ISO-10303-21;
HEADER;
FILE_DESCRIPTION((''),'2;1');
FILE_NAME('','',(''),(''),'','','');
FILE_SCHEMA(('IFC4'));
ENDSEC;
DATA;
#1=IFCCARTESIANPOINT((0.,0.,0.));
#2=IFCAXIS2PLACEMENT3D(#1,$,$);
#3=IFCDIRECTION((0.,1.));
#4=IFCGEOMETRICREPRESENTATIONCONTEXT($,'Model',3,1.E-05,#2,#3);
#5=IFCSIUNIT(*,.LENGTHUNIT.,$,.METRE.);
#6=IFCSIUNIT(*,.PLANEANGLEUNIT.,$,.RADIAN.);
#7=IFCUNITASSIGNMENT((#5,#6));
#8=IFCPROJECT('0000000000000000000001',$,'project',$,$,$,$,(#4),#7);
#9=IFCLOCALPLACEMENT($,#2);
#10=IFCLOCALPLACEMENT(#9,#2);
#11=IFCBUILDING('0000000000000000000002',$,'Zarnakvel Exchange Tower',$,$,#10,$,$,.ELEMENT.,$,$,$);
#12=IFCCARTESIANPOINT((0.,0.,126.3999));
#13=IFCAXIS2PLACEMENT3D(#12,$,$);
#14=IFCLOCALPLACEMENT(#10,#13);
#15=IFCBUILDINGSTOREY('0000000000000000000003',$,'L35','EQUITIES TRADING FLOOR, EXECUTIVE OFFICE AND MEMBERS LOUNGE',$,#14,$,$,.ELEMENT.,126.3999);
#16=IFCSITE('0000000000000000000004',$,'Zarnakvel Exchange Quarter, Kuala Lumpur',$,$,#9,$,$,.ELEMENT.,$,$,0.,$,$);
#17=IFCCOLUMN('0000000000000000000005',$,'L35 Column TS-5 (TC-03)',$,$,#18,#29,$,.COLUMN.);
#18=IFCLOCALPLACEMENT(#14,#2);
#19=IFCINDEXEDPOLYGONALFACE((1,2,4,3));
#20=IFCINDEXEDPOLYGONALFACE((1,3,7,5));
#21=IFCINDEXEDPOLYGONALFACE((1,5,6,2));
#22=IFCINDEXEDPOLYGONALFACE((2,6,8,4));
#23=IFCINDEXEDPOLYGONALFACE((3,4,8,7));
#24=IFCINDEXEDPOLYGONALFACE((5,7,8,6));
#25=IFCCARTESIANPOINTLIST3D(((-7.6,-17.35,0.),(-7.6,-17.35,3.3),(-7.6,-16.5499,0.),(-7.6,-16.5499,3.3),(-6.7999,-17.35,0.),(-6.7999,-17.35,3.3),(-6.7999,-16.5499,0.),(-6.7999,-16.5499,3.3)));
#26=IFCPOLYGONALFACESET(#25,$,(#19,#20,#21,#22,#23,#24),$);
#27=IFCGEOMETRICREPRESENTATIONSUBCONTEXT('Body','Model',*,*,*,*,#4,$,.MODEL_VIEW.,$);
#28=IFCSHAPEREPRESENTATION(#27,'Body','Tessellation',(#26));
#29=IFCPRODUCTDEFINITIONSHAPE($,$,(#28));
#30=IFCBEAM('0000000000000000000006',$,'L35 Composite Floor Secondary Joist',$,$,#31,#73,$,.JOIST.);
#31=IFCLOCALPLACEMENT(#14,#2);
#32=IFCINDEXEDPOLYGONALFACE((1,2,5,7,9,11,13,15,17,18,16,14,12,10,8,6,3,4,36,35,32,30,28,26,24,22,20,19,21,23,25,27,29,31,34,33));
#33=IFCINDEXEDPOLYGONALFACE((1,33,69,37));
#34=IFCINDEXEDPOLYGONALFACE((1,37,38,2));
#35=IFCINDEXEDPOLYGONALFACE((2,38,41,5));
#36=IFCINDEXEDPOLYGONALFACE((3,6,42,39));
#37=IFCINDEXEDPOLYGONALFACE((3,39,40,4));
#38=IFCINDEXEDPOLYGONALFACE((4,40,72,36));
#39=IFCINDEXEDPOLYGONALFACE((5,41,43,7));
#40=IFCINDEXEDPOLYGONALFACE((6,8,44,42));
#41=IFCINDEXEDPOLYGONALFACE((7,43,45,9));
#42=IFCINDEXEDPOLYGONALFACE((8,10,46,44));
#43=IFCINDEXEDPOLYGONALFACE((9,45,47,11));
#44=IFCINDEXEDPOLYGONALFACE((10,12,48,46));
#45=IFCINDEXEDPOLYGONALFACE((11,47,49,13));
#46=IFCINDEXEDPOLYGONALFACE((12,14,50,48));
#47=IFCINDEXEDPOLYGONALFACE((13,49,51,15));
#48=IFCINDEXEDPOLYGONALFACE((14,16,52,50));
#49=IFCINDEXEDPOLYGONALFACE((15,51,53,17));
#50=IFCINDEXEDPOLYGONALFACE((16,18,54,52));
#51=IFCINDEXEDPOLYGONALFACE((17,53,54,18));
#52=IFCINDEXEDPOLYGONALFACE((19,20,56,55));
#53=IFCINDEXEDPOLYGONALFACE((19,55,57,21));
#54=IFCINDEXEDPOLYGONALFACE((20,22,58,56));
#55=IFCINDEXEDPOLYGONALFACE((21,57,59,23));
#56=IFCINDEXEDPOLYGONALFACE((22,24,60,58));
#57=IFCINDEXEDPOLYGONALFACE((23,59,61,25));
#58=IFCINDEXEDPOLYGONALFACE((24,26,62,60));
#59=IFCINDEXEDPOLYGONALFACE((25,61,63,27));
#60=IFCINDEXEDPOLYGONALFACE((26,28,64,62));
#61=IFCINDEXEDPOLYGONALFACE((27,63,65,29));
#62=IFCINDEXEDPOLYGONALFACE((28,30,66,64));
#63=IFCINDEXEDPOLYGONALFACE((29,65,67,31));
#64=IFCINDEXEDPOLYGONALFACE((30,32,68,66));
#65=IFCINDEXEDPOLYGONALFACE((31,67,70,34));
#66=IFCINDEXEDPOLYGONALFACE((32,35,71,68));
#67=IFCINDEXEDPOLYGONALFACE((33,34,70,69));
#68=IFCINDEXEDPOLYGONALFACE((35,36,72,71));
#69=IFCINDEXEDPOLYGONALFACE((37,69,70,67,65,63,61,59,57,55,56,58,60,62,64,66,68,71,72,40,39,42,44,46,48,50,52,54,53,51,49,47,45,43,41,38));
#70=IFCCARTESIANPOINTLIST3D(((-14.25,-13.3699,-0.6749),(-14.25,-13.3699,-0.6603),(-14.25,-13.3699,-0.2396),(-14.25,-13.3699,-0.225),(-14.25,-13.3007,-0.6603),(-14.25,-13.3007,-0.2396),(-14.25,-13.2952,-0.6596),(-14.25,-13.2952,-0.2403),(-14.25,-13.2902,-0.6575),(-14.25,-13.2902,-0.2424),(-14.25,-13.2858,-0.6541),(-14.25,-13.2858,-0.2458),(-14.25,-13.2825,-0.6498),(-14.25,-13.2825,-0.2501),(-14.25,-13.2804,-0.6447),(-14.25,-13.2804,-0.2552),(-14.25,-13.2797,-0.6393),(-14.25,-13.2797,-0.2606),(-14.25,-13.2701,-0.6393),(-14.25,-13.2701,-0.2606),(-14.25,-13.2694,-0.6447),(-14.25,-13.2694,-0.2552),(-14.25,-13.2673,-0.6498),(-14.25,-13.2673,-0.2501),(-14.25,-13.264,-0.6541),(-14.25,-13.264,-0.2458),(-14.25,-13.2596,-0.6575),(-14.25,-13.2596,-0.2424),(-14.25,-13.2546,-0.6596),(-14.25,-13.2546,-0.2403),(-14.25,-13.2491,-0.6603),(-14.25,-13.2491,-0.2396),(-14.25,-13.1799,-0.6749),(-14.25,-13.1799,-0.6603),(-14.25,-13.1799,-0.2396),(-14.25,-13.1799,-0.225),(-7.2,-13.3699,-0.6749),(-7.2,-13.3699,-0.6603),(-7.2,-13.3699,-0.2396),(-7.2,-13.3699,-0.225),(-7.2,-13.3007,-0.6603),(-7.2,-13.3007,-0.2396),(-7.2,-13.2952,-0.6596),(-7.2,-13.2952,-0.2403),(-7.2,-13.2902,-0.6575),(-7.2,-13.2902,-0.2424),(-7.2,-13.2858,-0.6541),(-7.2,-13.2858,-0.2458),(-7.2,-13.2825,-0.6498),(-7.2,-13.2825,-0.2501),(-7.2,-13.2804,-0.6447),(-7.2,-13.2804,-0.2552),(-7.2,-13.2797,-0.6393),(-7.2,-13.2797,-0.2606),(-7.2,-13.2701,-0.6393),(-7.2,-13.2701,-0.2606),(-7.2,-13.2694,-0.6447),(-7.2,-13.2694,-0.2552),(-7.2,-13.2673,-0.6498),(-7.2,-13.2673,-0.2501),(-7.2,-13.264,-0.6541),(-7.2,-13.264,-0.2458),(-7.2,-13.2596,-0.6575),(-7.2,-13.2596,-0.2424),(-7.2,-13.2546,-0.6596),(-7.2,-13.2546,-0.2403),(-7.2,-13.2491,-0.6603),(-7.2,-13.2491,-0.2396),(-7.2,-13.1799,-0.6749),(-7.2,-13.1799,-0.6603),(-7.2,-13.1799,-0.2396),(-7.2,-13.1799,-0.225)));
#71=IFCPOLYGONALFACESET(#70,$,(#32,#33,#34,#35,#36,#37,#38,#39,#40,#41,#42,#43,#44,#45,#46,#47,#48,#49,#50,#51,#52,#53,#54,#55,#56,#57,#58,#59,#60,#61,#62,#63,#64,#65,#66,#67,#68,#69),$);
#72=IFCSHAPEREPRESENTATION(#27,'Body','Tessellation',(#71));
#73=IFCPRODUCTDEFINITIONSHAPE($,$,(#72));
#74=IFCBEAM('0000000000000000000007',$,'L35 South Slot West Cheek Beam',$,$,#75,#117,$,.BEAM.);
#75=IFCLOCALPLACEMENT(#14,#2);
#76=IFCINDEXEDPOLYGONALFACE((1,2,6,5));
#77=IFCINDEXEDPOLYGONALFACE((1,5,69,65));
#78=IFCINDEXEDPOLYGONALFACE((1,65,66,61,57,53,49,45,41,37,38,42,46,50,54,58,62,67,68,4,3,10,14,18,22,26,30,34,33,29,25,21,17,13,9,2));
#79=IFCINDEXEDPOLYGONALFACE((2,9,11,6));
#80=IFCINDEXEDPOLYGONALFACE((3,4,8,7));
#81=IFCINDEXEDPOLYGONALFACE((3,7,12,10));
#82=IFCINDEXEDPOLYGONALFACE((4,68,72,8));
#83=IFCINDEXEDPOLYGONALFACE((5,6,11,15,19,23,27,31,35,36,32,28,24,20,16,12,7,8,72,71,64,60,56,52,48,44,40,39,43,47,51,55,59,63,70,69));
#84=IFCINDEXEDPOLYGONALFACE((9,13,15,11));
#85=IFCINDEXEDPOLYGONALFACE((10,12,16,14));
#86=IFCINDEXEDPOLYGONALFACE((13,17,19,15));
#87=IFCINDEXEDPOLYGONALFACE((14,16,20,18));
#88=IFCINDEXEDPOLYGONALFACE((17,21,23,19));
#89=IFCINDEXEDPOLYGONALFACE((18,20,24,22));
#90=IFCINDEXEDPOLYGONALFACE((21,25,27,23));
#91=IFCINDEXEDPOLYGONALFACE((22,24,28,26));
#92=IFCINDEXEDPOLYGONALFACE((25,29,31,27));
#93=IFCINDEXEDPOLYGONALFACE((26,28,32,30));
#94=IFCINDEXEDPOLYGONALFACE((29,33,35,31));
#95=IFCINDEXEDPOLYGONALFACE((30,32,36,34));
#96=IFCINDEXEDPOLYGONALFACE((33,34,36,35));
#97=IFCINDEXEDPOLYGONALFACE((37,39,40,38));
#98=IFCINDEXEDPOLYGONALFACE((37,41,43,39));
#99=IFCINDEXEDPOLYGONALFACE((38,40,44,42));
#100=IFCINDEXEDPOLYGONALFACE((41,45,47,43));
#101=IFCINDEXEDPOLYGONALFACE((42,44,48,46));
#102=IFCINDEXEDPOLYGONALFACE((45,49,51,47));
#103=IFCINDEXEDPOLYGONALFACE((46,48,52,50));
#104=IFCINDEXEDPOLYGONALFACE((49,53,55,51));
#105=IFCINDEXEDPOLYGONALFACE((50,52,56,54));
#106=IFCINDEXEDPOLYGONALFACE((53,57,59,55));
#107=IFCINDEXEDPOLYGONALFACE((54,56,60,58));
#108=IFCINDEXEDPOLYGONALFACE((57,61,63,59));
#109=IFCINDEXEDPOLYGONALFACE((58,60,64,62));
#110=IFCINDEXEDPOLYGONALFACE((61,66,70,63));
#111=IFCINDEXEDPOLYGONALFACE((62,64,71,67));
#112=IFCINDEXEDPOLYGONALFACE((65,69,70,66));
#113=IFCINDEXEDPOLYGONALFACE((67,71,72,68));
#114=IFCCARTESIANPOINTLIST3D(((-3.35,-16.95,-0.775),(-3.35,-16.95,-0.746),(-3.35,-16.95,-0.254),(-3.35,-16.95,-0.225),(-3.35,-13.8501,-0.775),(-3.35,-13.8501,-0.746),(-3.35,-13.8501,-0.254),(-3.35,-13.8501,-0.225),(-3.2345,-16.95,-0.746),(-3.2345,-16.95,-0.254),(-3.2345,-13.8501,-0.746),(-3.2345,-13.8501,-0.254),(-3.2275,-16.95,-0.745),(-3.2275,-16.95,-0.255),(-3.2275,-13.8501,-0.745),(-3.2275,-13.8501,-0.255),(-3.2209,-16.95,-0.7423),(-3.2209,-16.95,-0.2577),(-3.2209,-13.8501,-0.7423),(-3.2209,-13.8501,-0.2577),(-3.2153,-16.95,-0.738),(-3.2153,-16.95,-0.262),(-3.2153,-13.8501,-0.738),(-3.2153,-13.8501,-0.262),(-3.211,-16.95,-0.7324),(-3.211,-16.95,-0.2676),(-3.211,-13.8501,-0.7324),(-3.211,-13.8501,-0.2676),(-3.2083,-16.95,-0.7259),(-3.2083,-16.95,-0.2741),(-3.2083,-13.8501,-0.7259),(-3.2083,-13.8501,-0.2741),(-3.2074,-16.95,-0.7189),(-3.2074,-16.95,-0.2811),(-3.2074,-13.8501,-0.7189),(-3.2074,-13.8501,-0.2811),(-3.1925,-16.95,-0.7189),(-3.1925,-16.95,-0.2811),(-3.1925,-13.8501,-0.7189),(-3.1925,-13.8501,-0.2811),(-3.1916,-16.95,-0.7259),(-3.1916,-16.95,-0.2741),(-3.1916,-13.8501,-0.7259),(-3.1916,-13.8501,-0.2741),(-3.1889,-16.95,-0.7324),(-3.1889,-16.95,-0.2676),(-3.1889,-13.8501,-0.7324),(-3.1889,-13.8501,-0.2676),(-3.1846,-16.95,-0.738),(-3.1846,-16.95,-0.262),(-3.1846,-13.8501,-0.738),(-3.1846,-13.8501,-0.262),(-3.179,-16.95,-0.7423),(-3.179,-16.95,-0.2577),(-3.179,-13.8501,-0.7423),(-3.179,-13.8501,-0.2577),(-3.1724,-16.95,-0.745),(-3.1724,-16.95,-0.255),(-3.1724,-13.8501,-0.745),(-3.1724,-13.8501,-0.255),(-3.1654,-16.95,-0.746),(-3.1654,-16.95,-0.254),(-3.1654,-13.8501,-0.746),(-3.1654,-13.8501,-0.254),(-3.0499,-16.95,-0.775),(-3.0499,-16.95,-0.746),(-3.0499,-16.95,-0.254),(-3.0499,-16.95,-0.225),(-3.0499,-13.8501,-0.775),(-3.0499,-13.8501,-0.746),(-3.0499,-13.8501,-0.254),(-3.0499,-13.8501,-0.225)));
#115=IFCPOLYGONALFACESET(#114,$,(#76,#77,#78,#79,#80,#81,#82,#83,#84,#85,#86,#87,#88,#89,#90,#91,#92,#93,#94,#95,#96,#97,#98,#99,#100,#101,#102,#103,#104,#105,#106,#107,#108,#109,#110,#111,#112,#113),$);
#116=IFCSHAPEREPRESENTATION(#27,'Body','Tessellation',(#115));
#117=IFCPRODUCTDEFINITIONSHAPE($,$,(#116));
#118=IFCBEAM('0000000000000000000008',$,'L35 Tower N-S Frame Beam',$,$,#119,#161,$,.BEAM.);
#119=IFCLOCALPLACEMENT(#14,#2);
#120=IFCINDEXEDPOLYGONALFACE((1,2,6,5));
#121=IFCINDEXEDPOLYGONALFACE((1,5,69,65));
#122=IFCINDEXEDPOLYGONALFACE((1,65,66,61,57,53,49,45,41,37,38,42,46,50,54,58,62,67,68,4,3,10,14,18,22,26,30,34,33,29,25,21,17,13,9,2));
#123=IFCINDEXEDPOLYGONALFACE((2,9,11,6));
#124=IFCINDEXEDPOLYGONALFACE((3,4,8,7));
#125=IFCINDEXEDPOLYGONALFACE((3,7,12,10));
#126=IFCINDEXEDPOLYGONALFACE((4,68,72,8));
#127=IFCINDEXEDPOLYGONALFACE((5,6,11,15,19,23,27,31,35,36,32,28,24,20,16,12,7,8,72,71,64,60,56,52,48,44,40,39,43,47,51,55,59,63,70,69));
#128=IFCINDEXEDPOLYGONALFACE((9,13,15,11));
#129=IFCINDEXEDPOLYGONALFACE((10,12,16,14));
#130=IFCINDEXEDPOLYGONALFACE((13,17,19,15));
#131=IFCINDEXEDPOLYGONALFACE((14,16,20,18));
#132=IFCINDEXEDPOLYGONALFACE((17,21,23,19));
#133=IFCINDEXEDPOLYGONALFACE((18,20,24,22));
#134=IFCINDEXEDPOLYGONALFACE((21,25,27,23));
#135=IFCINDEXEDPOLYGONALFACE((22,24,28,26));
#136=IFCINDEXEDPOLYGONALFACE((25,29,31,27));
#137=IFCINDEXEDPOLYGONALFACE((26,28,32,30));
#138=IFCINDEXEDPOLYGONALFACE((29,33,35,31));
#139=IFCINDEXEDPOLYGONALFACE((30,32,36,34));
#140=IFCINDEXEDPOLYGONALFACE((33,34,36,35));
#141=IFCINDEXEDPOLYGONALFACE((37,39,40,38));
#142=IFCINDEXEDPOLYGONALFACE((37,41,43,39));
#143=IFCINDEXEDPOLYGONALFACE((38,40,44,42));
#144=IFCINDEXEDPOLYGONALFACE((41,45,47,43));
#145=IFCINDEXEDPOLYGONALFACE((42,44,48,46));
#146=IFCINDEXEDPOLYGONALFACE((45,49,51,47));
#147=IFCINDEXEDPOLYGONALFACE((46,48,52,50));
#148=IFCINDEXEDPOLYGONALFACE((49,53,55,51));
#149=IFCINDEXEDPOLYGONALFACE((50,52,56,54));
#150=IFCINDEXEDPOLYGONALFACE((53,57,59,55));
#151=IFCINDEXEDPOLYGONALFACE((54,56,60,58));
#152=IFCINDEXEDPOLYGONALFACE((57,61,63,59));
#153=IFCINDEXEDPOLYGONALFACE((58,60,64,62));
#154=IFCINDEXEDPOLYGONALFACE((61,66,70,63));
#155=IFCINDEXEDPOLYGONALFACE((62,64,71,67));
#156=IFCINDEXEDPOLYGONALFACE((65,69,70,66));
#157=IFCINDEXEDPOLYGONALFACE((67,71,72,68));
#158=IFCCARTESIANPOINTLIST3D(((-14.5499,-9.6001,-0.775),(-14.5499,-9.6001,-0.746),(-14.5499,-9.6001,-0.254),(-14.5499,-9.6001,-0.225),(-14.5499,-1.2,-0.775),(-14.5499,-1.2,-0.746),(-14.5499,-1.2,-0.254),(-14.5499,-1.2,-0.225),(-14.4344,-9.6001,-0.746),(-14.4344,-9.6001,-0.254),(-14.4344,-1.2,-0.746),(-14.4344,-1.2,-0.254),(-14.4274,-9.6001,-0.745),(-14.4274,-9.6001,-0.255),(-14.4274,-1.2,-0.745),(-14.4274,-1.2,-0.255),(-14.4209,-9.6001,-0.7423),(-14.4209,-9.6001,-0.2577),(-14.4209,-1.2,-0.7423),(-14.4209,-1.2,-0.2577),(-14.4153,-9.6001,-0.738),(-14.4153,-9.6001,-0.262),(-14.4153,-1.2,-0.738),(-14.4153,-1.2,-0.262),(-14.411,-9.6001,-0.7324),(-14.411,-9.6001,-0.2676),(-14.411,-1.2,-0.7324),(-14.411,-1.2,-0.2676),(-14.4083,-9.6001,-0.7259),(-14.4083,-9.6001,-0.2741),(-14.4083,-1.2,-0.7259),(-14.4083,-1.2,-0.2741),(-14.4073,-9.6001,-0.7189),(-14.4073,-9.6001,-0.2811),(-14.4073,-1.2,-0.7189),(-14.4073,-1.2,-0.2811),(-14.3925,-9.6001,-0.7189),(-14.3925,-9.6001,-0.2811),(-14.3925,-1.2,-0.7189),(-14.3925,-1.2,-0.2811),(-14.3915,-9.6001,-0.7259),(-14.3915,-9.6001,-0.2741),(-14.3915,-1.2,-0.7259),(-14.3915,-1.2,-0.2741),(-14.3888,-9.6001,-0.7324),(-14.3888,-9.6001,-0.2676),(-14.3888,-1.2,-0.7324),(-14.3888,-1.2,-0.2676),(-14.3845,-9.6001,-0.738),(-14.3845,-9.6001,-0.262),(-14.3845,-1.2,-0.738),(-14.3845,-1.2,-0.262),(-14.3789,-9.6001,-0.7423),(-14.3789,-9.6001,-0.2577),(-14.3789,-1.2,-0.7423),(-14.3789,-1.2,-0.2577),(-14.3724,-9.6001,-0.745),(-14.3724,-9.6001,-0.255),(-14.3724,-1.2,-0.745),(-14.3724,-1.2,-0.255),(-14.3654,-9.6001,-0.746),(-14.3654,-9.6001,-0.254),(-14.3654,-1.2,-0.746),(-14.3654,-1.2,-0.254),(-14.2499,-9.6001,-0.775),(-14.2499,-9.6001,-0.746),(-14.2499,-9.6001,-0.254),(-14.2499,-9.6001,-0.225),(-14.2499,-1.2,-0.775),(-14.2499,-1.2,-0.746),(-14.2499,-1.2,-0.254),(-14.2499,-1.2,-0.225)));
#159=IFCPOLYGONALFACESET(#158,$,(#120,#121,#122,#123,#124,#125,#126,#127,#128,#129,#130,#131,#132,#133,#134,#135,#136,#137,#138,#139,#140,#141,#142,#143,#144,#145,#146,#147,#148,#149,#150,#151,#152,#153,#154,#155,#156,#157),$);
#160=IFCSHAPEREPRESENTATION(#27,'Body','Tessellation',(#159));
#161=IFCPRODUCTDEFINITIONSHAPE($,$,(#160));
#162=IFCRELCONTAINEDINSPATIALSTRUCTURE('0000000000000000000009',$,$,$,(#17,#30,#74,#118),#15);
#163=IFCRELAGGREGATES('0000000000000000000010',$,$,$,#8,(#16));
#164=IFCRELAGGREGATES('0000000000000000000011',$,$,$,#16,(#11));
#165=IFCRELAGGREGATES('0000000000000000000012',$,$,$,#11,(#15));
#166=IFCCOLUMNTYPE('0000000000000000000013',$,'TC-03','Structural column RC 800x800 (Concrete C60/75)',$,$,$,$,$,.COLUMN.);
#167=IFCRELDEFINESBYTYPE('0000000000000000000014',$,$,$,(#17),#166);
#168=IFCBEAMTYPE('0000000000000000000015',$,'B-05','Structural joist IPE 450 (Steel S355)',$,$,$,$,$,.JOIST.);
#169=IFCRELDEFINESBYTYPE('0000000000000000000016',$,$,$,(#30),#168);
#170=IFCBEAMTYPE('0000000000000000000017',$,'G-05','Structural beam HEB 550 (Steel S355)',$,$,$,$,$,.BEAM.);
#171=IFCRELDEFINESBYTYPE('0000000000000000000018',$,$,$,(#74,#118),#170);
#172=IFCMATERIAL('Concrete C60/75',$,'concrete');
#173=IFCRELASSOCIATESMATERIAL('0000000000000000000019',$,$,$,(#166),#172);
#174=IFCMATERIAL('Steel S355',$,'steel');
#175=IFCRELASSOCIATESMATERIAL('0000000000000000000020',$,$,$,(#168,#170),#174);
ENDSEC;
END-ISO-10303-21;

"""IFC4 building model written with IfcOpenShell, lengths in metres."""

from ifc_helpers import new_model, si_unit, direction, frame, origin, origin_2d, place, context, subcontext, project, spatial, rectangle, i_section, extrude, material, material_profile, profile_set, type_object, element, save


model = new_model("IFC4")

# Units and contexts
model_context = context("Model", 3, precision=1e-05, world=origin(), true_north=direction((0.0, 1.0)))
body_context = subcontext(model_context, "Body", "Model", "MODEL_VIEW")
ifc_project = project(units=[si_unit("LENGTHUNIT", "METRE"), si_unit("PLANEANGLEUNIT", "RADIAN")], contexts=[model_context])

# Site, building, storey
site_placement = place(None, origin())
site = spatial("IfcSite", under=ifc_project, at=site_placement, Name="Zarnakvel Exchange Quarter, Kuala Lumpur", CompositionType="ELEMENT", RefElevation=0.0)
building_placement = place(site_placement, origin())
building = spatial("IfcBuilding", under=site, at=building_placement, Name="Zarnakvel Exchange Tower", CompositionType="ELEMENT")
storey_placement = place(building_placement, frame((0.0, 0.0, 126.3999)))
storey = spatial("IfcBuildingStorey", under=building, at=storey_placement, Name="L35", Description="EQUITIES TRADING FLOOR, EXECUTIVE OFFICE AND MEMBERS LOUNGE", CompositionType="ELEMENT", Elevation=126.3999)

# Column
ifc_material_1 = material(Name="Concrete C60/75", Category="concrete")
ifc_material_profile_1 = material_profile(ifc_material_1, rectangle(XDim=0.8, YDim=0.8, at=origin_2d()))
ifc_profile_set_1 = profile_set([ifc_material_profile_1], Name="Concrete C60/75")
column_type = type_object("IfcColumnType", Name="TC-03", Description="Structural column RC 800x800 (Concrete C60/75)", PredefinedType="COLUMN", material=ifc_profile_set_1)
column_placement = place(storey_placement, frame((-7.2, -16.95, 0.0), z_axis=(0.0, 0.0, 1.0), x_axis=(1.0, 0.0, 0.0)))
element("IfcColumn", 1, at=column_placement, inside=storey, type_object=column_type, Name="L35 Column TS-5 (TC-03)", PredefinedType="COLUMN", context=body_context, shape_type="SweptSolid", body=[
    extrude(rectangle(XDim=0.8, YDim=0.8, at=origin_2d()), origin(), (0.0, 0.0, 1.0), 3.3),
])

# Beams
ifc_material_2 = material(Name="Steel S355", Category="steel")
ifc_material_profile_2 = material_profile(ifc_material_2, i_section(OverallWidth=0.1899, OverallDepth=0.45, WebThickness=0.0095, FlangeThickness=0.0146, FilletRadius=0.021, at=origin_2d()))
ifc_profile_set_2 = profile_set([ifc_material_profile_2], Name="Steel S355")
beam_type_1 = type_object("IfcBeamType", Name="B-05", Description="Structural joist IPE 450 (Steel S355)", PredefinedType="JOIST", material=ifc_profile_set_2)
beam_1_placement = place(storey_placement, frame((-14.25, -13.2749, -0.45), z_axis=(1.0, 0.0, 0.0), x_axis=(0.0, 1.0, 0.0)))
element("IfcBeam", 2, at=beam_1_placement, inside=storey, type_object=beam_type_1, Name="L35 Composite Floor Secondary Joist", PredefinedType="JOIST", context=body_context, shape_type="SweptSolid", body=[
    extrude(i_section(OverallWidth=0.1899, OverallDepth=0.45, WebThickness=0.0095, FlangeThickness=0.0146, FilletRadius=0.021, at=origin_2d()), origin(), (0.0, 0.0, 1.0), 7.05),
])
ifc_material_profile_3 = material_profile(ifc_material_2, i_section(OverallWidth=0.3, OverallDepth=0.55, WebThickness=0.0149, FlangeThickness=0.0291, FilletRadius=0.0271, at=origin_2d()))
ifc_profile_set_3 = profile_set([ifc_material_profile_3], Name="Steel S355")
beam_type_2 = type_object("IfcBeamType", Name="G-05", Description="Structural beam HEB 550 (Steel S355)", PredefinedType="BEAM", material=ifc_profile_set_3)
beam_2_placement = place(storey_placement, frame((-3.2, -16.95, -0.5), z_axis=(0.0, 1.0, 0.0), x_axis=(-1.0, 0.0, 0.0)))
element("IfcBeam", 3, at=beam_2_placement, inside=storey, type_object=beam_type_2, Name="L35 South Slot West Cheek Beam", PredefinedType="BEAM", context=body_context, shape_type="SweptSolid", body=[
    extrude(i_section(OverallWidth=0.3, OverallDepth=0.55, WebThickness=0.0149, FlangeThickness=0.0291, FilletRadius=0.0271, at=origin_2d()), origin(), (0.0, 0.0, 1.0), 3.0999),
])
beam_3_placement = place(storey_placement, frame((-14.3999, -9.6001, -0.5), z_axis=(0.0, 1.0, 0.0), x_axis=(-1.0, 0.0, 0.0)))
element("IfcBeam", 4, at=beam_3_placement, inside=storey, type_object=beam_type_2, Name="L35 Tower N-S Frame Beam", PredefinedType="BEAM", context=body_context, shape_type="SweptSolid", body=[
    extrude(i_section(OverallWidth=0.3, OverallDepth=0.55, WebThickness=0.0149, FlangeThickness=0.0291, FilletRadius=0.0271, at=origin_2d()), origin(), (0.0, 0.0, 1.0), 8.4001),
])

save(model, "model.ifc")
